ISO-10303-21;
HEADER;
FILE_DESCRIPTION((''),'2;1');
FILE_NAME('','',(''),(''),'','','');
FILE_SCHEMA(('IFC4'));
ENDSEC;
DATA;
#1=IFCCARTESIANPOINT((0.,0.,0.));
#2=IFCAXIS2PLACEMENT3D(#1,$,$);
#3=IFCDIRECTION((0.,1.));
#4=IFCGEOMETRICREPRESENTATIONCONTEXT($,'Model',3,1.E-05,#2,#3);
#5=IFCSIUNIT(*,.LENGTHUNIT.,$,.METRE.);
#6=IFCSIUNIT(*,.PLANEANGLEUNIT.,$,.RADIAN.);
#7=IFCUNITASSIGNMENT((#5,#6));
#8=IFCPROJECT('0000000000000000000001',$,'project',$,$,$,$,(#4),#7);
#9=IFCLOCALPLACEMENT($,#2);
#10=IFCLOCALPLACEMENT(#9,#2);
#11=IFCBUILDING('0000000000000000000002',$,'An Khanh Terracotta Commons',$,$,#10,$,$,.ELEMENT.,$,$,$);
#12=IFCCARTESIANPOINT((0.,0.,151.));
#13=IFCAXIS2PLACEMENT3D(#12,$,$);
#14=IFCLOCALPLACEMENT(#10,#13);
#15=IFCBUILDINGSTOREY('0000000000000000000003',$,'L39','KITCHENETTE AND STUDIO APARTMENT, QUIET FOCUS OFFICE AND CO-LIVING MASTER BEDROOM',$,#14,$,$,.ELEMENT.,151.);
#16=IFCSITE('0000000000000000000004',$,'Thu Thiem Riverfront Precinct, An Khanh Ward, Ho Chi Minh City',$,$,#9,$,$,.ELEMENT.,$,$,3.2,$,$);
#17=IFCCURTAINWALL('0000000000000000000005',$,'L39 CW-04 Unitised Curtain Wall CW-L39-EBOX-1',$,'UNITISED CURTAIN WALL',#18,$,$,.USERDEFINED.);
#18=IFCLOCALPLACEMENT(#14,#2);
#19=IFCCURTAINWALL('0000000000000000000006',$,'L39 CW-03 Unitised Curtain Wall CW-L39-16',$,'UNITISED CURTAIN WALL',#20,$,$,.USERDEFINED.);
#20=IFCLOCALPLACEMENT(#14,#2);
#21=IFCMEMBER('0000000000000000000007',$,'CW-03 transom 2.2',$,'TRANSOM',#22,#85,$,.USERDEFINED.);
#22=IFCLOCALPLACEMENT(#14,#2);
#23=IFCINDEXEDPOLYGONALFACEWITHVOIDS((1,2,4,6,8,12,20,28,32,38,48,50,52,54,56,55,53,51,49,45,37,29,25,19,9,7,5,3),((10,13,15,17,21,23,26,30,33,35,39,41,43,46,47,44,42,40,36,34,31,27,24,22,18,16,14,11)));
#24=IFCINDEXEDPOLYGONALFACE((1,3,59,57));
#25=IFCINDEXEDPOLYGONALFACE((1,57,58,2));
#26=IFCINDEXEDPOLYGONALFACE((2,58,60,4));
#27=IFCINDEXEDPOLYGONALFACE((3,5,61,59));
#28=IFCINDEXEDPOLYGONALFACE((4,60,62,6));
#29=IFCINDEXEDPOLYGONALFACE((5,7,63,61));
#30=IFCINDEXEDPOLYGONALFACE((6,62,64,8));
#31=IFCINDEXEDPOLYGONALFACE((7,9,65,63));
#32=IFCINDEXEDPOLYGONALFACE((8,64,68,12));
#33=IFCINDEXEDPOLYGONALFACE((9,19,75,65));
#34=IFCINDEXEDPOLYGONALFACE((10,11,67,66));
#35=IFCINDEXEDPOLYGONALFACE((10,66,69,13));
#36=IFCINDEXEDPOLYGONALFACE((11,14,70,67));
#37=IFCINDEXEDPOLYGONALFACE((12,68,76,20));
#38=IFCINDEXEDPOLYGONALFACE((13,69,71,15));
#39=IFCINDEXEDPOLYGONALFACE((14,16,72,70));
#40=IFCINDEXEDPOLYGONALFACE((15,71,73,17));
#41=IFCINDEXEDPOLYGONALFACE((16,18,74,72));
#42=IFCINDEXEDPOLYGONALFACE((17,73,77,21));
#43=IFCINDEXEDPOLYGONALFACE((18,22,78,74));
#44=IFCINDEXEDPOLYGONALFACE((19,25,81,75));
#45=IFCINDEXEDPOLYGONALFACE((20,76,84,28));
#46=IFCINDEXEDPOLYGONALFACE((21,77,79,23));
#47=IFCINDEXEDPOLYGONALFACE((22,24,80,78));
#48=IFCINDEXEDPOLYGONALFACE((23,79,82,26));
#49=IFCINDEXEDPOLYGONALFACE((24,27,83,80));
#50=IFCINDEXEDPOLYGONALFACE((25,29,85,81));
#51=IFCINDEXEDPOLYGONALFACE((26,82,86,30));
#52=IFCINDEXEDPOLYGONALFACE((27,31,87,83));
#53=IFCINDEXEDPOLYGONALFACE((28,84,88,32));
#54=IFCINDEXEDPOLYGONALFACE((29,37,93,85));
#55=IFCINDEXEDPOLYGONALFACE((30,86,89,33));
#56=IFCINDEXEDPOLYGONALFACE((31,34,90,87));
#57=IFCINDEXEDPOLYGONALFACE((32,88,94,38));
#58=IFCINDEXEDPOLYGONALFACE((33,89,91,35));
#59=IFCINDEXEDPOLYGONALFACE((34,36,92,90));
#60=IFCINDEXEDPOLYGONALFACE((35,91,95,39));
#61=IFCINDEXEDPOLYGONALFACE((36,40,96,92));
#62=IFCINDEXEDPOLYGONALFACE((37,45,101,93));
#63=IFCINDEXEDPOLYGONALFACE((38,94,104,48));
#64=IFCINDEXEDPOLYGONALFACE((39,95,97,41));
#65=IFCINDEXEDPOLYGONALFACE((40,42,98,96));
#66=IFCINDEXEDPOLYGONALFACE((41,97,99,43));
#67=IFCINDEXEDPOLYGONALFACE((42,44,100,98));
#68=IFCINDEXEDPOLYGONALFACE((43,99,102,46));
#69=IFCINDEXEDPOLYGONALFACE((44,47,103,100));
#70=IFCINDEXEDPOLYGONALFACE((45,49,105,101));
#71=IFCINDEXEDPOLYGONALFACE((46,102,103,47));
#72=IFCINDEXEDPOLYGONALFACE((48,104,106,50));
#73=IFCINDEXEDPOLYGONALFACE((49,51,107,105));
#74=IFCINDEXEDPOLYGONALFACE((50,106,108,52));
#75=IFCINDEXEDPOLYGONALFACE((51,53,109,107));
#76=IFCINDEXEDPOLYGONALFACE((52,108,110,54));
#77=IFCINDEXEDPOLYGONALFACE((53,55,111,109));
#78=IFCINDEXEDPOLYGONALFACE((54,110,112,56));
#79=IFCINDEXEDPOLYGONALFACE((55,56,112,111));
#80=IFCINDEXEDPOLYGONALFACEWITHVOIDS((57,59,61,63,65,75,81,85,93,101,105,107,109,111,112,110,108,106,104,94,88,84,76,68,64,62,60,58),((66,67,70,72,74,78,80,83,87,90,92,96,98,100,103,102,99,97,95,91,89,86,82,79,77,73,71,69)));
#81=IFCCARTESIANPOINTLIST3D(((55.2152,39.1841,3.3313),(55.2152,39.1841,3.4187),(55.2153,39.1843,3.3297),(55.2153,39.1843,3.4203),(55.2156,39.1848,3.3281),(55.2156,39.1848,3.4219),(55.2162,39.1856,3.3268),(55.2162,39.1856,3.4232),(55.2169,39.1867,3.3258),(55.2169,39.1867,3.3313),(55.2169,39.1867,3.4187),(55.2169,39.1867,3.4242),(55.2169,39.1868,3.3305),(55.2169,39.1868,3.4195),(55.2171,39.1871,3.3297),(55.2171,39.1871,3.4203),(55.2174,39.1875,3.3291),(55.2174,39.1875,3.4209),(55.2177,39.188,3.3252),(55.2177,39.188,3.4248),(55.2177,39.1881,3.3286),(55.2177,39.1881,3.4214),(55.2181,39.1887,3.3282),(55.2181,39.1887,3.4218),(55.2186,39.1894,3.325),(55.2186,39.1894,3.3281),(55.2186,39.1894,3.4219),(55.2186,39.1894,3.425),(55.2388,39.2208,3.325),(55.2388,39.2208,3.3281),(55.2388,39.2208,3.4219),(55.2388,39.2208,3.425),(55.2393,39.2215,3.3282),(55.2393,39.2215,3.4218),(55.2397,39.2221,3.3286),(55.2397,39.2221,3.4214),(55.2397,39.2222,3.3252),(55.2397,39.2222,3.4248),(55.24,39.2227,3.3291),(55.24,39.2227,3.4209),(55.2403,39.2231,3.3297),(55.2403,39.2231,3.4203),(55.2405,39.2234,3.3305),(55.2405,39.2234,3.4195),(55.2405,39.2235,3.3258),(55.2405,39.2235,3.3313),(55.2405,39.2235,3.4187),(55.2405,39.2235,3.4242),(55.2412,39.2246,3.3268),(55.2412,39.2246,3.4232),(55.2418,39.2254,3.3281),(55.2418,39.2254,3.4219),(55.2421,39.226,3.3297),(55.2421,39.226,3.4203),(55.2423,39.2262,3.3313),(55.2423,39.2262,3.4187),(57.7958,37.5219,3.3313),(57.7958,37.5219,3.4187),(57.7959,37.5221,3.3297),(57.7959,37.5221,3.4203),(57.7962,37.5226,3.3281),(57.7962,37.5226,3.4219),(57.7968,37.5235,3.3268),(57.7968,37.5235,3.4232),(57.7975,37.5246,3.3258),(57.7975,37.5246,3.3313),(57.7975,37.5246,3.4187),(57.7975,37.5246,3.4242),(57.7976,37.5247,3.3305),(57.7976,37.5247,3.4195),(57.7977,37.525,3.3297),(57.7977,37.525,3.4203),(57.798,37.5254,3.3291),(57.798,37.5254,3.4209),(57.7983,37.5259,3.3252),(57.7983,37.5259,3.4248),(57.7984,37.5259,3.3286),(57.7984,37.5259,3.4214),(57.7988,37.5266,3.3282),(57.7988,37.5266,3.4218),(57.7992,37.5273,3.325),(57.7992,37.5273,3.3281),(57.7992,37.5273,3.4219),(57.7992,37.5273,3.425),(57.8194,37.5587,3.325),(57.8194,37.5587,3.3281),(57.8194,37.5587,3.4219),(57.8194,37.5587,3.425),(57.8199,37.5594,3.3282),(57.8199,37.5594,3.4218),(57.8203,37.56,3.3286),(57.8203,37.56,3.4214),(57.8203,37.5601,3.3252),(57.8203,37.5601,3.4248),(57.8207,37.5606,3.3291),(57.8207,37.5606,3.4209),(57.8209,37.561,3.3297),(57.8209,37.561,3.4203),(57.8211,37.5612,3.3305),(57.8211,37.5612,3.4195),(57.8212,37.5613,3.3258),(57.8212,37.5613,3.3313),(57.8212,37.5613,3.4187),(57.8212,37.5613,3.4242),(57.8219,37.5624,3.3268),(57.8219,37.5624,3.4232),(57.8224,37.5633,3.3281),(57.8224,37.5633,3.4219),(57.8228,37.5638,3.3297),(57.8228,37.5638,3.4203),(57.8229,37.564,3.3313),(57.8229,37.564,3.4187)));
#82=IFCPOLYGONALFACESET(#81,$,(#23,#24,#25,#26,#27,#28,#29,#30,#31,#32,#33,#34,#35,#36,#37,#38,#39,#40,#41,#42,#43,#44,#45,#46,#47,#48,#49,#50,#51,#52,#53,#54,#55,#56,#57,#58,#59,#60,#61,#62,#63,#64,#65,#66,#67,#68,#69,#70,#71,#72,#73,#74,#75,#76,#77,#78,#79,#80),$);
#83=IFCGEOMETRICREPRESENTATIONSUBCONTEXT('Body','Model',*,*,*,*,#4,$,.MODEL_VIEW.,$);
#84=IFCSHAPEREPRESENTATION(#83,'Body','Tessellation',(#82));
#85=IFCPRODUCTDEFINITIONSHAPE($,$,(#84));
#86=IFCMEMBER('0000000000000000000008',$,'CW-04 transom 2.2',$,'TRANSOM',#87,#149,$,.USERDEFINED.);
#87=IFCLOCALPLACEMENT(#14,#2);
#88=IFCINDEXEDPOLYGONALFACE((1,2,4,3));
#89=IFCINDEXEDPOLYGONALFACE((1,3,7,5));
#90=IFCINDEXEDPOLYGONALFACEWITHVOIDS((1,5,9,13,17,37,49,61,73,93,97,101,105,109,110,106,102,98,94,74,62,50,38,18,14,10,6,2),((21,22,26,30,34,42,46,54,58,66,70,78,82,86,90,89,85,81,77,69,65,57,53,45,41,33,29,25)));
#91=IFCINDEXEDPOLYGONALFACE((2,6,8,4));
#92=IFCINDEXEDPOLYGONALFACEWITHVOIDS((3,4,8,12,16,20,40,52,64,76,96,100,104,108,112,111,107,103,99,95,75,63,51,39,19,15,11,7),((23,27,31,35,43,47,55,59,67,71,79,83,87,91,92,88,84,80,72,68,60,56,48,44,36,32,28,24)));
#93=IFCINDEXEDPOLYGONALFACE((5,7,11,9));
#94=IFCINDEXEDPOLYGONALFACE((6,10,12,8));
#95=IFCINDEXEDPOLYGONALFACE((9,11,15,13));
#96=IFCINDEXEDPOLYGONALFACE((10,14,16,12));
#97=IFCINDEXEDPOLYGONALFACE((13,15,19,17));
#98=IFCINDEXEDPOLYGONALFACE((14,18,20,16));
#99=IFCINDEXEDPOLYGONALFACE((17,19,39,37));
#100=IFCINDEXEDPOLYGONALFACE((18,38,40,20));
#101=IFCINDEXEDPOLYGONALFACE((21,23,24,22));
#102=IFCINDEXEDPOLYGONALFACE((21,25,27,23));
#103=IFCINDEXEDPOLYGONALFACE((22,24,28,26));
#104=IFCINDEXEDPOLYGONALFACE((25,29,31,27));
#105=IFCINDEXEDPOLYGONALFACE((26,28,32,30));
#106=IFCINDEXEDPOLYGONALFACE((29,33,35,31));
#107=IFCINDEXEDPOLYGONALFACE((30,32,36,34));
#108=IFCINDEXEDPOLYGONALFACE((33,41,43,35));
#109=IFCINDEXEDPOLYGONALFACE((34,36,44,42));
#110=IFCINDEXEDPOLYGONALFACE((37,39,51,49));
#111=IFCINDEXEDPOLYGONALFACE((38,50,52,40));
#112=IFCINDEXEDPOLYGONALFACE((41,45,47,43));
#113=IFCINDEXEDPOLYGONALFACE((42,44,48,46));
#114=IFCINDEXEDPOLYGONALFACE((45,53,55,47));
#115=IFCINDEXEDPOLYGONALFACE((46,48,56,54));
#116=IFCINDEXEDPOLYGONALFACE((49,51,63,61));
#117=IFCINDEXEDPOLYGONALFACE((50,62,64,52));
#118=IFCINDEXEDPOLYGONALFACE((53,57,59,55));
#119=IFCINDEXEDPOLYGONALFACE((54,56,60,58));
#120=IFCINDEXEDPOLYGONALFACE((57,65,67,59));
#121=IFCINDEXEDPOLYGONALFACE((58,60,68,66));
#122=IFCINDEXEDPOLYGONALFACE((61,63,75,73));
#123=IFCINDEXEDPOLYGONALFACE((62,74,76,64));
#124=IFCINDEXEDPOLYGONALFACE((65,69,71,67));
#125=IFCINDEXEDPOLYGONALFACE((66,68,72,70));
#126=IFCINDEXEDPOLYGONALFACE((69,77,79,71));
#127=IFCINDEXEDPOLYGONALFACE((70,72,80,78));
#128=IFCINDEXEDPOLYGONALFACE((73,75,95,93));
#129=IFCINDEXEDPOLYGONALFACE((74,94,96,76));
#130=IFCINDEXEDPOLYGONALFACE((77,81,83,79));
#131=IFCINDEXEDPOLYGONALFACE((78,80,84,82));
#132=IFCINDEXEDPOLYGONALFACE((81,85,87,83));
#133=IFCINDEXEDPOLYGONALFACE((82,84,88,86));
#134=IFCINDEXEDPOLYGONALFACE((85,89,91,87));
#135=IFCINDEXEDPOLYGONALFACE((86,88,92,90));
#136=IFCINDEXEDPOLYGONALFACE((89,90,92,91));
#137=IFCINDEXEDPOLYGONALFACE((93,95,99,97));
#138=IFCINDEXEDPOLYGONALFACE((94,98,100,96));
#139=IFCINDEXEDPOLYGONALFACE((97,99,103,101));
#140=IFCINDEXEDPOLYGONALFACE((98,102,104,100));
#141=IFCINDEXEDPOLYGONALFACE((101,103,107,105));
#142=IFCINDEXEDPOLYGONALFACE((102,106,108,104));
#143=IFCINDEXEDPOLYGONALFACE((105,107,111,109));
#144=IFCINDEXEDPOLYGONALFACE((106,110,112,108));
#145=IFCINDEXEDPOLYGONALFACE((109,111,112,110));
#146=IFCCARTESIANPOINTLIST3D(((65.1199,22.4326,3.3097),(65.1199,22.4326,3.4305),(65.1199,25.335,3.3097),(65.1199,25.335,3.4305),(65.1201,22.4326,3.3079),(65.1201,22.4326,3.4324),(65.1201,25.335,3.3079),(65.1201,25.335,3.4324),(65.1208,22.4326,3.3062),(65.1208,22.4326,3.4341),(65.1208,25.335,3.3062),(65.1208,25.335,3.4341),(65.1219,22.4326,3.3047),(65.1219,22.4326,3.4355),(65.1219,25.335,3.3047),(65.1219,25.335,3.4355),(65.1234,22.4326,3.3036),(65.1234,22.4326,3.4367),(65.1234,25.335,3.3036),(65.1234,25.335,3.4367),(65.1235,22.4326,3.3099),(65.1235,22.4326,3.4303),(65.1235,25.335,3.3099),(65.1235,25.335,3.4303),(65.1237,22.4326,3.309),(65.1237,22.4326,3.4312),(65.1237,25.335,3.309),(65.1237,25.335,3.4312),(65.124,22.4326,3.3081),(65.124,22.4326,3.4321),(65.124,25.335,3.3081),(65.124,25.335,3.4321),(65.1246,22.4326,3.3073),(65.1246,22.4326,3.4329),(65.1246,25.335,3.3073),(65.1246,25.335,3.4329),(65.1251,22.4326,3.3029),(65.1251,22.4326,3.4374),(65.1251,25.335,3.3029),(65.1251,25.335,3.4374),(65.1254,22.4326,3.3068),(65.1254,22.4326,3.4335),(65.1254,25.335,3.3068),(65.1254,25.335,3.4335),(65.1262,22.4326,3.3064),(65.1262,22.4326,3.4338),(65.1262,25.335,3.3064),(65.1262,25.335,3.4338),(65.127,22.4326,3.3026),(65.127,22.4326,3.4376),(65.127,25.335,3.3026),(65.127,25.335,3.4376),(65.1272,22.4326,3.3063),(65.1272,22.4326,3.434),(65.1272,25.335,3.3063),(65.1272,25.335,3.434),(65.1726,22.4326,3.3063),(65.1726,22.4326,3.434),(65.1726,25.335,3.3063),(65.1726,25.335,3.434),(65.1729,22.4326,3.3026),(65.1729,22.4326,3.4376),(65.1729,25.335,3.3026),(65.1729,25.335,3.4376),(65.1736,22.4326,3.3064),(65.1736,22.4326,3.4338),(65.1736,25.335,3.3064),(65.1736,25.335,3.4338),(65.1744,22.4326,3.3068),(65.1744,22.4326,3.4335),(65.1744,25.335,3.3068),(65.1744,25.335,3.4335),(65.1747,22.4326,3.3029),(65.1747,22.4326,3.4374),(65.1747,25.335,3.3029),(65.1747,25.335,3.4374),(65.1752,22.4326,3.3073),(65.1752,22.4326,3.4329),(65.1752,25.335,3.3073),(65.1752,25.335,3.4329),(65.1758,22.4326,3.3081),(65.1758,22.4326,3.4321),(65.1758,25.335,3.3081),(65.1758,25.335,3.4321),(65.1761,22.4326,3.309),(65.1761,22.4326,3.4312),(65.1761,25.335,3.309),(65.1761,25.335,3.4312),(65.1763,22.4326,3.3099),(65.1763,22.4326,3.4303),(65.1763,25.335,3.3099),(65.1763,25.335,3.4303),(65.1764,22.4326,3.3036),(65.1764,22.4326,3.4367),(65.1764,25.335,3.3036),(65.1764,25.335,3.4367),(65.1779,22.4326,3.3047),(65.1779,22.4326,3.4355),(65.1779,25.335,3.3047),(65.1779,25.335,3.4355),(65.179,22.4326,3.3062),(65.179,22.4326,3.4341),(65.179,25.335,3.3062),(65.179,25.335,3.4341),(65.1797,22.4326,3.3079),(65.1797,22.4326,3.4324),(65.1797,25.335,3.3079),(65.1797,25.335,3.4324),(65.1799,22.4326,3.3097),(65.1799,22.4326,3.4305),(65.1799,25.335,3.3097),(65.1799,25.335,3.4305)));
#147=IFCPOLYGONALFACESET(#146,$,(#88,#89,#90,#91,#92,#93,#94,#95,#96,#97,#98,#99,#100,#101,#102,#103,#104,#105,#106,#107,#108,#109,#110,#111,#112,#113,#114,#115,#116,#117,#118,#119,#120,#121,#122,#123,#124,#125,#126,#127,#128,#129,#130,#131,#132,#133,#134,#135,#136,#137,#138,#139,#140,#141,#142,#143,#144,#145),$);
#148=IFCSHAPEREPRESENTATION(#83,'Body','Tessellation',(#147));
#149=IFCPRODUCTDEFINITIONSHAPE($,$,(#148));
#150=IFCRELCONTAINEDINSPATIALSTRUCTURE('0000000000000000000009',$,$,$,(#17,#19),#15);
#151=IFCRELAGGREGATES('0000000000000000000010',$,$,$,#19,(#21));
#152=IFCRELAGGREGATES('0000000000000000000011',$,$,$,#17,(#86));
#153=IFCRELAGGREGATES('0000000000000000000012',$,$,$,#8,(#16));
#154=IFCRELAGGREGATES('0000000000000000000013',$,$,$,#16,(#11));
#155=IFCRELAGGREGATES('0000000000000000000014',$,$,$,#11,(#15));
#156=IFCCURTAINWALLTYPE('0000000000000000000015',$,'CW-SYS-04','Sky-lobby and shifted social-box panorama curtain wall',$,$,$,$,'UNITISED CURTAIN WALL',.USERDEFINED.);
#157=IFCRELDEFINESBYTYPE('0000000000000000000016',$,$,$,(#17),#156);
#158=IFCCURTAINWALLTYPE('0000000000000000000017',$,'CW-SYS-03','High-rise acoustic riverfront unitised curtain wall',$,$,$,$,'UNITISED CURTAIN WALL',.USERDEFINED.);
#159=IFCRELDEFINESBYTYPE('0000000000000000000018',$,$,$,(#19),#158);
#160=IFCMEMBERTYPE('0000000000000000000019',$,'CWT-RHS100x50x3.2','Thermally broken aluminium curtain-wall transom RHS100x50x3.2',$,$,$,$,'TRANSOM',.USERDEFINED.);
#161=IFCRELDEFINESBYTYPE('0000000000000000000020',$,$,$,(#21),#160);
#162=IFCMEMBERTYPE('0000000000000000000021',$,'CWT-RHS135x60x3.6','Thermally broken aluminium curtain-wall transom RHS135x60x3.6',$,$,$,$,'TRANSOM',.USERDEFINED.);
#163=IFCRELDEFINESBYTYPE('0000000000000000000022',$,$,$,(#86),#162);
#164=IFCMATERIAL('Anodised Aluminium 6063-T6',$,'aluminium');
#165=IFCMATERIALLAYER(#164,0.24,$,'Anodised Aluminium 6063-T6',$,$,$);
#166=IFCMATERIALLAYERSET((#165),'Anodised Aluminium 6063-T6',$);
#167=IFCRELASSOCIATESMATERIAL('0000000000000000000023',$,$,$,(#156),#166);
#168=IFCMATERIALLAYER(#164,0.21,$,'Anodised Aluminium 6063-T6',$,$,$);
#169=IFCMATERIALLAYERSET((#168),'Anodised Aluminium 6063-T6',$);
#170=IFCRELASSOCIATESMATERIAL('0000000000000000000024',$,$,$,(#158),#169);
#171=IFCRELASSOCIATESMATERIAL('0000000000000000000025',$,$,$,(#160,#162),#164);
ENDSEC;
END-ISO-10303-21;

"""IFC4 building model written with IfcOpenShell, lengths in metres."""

from ifc_helpers import new_model, si_unit, direction, frame, origin, origin_2d, place, context, subcontext, project, spatial, hollow_rectangle, extrude, material, layer, layer_set, material_profile, profile_set, type_object, element, aggregate, save


model = new_model("IFC4")

# Units and contexts
model_context = context("Model", 3, precision=1e-05, world=origin(), true_north=direction((0.0, 1.0)))
body_context = subcontext(model_context, "Body", "Model", "MODEL_VIEW")
ifc_project = project(units=[si_unit("LENGTHUNIT", "METRE"), si_unit("PLANEANGLEUNIT", "RADIAN")], contexts=[model_context])

# Site, building, storey
site_placement = place(None, origin())
site = spatial("IfcSite", under=ifc_project, at=site_placement, Name="Thu Thiem Riverfront Precinct, An Khanh Ward, Ho Chi Minh City", CompositionType="ELEMENT", RefElevation=3.2)
building_placement = place(site_placement, origin())
building = spatial("IfcBuilding", under=site, at=building_placement, Name="An Khanh Terracotta Commons", CompositionType="ELEMENT")
storey_placement = place(building_placement, frame((0.0, 0.0, 151.0)))
storey = spatial("IfcBuildingStorey", under=building, at=storey_placement, Name="L39", Description="KITCHENETTE AND STUDIO APARTMENT, QUIET FOCUS OFFICE AND CO-LIVING MASTER BEDROOM", CompositionType="ELEMENT", Elevation=151.0)

# Curtain wall
ifc_material_1 = material(Name="Anodised Aluminium 6063-T6", Category="aluminium")
ifc_layer_1 = layer(ifc_material_1, 0.24, Name="Anodised Aluminium 6063-T6")
ifc_layer_set_1 = layer_set([ifc_layer_1], Name="Anodised Aluminium 6063-T6")
curtain_wall_type_1 = type_object("IfcCurtainWallType", Name="CW-SYS-04", Description="Sky-lobby and shifted social-box panorama curtain wall", ElementType="UNITISED CURTAIN WALL", PredefinedType="USERDEFINED", material=ifc_layer_set_1)
curtain_wall_1_placement = place(storey_placement, origin())
curtain_wall_1 = element("IfcCurtainWall", 1, at=curtain_wall_1_placement, inside=storey, type_object=curtain_wall_type_1, Name="L39 CW-04 Unitised Curtain Wall CW-L39-EBOX-1", ObjectType="UNITISED CURTAIN WALL", PredefinedType="USERDEFINED")

# Curtain wall, member
ifc_layer_2 = layer(ifc_material_1, 0.21, Name="Anodised Aluminium 6063-T6")
ifc_layer_set_2 = layer_set([ifc_layer_2], Name="Anodised Aluminium 6063-T6")
curtain_wall_type_2 = type_object("IfcCurtainWallType", Name="CW-SYS-03", Description="High-rise acoustic riverfront unitised curtain wall", ElementType="UNITISED CURTAIN WALL", PredefinedType="USERDEFINED", material=ifc_layer_set_2)
curtain_wall_2_placement = place(storey_placement, origin())
curtain_wall_2 = element("IfcCurtainWall", 2, at=curtain_wall_2_placement, inside=storey, type_object=curtain_wall_type_2, Name="L39 CW-03 Unitised Curtain Wall CW-L39-16", ObjectType="UNITISED CURTAIN WALL", PredefinedType="USERDEFINED")
ifc_material_profile_1 = material_profile(ifc_material_1, hollow_rectangle(XDim=0.05, YDim=0.1001, WallThickness=0.0032, InnerFilletRadius=0.0032, OuterFilletRadius=0.0063, at=origin_2d()), Name="RHS100x50x3.2")
ifc_profile_set_1 = profile_set([ifc_material_profile_1], Name="Anodised Aluminium 6063-T6")
member_type_1 = type_object("IfcMemberType", Name="CWT-RHS100x50x3.2", Description="Thermally broken aluminium curtain-wall transom RHS100x50x3.2", ElementType="TRANSOM", PredefinedType="USERDEFINED", material=ifc_profile_set_1)
member_1_placement = place(storey_placement, frame((57.8093, 37.543, 3.375), z_axis=(-0.840708, 0.541489, 0.0), x_axis=(-0.541489, -0.840708, 0.0)))
member_1 = element("IfcMember", 3, at=member_1_placement, type_object=member_type_1, Name="CW-03 transom 2.2", ObjectType="TRANSOM", PredefinedType="USERDEFINED", context=body_context, shape_type="SweptSolid", body=[
    extrude(hollow_rectangle(XDim=0.05, YDim=0.1001, WallThickness=0.0032, InnerFilletRadius=0.0032, OuterFilletRadius=0.0063, at=origin_2d()), origin(), (0.0, 0.0, 1.0), 3.0696),
])

# Member
ifc_material_profile_2 = material_profile(ifc_material_1, hollow_rectangle(XDim=0.0601, YDim=0.135, WallThickness=0.0037, InnerFilletRadius=0.0037, OuterFilletRadius=0.0071, at=origin_2d()), Name="RHS135x60x3.6")
ifc_profile_set_2 = profile_set([ifc_material_profile_2], Name="Anodised Aluminium 6063-T6")
member_type_2 = type_object("IfcMemberType", Name="CWT-RHS135x60x3.6", Description="Thermally broken aluminium curtain-wall transom RHS135x60x3.6", ElementType="TRANSOM", PredefinedType="USERDEFINED", material=ifc_profile_set_2)
member_2_placement = place(storey_placement, frame((65.1499, 22.4326, 3.3701), z_axis=(0.0, 1.0, 0.0), x_axis=(-1.0, 0.0, 0.0)))
member_2 = element("IfcMember", 4, at=member_2_placement, type_object=member_type_2, Name="CW-04 transom 2.2", ObjectType="TRANSOM", PredefinedType="USERDEFINED", context=body_context, shape_type="SweptSolid", body=[
    extrude(hollow_rectangle(XDim=0.0601, YDim=0.135, WallThickness=0.0037, InnerFilletRadius=0.0037, OuterFilletRadius=0.0071, at=origin_2d()), origin(), (0.0, 0.0, 1.0), 2.9023),
])

aggregate(curtain_wall_2, [member_1])
aggregate(curtain_wall_1, [member_2])

save(model, "model.ifc")
